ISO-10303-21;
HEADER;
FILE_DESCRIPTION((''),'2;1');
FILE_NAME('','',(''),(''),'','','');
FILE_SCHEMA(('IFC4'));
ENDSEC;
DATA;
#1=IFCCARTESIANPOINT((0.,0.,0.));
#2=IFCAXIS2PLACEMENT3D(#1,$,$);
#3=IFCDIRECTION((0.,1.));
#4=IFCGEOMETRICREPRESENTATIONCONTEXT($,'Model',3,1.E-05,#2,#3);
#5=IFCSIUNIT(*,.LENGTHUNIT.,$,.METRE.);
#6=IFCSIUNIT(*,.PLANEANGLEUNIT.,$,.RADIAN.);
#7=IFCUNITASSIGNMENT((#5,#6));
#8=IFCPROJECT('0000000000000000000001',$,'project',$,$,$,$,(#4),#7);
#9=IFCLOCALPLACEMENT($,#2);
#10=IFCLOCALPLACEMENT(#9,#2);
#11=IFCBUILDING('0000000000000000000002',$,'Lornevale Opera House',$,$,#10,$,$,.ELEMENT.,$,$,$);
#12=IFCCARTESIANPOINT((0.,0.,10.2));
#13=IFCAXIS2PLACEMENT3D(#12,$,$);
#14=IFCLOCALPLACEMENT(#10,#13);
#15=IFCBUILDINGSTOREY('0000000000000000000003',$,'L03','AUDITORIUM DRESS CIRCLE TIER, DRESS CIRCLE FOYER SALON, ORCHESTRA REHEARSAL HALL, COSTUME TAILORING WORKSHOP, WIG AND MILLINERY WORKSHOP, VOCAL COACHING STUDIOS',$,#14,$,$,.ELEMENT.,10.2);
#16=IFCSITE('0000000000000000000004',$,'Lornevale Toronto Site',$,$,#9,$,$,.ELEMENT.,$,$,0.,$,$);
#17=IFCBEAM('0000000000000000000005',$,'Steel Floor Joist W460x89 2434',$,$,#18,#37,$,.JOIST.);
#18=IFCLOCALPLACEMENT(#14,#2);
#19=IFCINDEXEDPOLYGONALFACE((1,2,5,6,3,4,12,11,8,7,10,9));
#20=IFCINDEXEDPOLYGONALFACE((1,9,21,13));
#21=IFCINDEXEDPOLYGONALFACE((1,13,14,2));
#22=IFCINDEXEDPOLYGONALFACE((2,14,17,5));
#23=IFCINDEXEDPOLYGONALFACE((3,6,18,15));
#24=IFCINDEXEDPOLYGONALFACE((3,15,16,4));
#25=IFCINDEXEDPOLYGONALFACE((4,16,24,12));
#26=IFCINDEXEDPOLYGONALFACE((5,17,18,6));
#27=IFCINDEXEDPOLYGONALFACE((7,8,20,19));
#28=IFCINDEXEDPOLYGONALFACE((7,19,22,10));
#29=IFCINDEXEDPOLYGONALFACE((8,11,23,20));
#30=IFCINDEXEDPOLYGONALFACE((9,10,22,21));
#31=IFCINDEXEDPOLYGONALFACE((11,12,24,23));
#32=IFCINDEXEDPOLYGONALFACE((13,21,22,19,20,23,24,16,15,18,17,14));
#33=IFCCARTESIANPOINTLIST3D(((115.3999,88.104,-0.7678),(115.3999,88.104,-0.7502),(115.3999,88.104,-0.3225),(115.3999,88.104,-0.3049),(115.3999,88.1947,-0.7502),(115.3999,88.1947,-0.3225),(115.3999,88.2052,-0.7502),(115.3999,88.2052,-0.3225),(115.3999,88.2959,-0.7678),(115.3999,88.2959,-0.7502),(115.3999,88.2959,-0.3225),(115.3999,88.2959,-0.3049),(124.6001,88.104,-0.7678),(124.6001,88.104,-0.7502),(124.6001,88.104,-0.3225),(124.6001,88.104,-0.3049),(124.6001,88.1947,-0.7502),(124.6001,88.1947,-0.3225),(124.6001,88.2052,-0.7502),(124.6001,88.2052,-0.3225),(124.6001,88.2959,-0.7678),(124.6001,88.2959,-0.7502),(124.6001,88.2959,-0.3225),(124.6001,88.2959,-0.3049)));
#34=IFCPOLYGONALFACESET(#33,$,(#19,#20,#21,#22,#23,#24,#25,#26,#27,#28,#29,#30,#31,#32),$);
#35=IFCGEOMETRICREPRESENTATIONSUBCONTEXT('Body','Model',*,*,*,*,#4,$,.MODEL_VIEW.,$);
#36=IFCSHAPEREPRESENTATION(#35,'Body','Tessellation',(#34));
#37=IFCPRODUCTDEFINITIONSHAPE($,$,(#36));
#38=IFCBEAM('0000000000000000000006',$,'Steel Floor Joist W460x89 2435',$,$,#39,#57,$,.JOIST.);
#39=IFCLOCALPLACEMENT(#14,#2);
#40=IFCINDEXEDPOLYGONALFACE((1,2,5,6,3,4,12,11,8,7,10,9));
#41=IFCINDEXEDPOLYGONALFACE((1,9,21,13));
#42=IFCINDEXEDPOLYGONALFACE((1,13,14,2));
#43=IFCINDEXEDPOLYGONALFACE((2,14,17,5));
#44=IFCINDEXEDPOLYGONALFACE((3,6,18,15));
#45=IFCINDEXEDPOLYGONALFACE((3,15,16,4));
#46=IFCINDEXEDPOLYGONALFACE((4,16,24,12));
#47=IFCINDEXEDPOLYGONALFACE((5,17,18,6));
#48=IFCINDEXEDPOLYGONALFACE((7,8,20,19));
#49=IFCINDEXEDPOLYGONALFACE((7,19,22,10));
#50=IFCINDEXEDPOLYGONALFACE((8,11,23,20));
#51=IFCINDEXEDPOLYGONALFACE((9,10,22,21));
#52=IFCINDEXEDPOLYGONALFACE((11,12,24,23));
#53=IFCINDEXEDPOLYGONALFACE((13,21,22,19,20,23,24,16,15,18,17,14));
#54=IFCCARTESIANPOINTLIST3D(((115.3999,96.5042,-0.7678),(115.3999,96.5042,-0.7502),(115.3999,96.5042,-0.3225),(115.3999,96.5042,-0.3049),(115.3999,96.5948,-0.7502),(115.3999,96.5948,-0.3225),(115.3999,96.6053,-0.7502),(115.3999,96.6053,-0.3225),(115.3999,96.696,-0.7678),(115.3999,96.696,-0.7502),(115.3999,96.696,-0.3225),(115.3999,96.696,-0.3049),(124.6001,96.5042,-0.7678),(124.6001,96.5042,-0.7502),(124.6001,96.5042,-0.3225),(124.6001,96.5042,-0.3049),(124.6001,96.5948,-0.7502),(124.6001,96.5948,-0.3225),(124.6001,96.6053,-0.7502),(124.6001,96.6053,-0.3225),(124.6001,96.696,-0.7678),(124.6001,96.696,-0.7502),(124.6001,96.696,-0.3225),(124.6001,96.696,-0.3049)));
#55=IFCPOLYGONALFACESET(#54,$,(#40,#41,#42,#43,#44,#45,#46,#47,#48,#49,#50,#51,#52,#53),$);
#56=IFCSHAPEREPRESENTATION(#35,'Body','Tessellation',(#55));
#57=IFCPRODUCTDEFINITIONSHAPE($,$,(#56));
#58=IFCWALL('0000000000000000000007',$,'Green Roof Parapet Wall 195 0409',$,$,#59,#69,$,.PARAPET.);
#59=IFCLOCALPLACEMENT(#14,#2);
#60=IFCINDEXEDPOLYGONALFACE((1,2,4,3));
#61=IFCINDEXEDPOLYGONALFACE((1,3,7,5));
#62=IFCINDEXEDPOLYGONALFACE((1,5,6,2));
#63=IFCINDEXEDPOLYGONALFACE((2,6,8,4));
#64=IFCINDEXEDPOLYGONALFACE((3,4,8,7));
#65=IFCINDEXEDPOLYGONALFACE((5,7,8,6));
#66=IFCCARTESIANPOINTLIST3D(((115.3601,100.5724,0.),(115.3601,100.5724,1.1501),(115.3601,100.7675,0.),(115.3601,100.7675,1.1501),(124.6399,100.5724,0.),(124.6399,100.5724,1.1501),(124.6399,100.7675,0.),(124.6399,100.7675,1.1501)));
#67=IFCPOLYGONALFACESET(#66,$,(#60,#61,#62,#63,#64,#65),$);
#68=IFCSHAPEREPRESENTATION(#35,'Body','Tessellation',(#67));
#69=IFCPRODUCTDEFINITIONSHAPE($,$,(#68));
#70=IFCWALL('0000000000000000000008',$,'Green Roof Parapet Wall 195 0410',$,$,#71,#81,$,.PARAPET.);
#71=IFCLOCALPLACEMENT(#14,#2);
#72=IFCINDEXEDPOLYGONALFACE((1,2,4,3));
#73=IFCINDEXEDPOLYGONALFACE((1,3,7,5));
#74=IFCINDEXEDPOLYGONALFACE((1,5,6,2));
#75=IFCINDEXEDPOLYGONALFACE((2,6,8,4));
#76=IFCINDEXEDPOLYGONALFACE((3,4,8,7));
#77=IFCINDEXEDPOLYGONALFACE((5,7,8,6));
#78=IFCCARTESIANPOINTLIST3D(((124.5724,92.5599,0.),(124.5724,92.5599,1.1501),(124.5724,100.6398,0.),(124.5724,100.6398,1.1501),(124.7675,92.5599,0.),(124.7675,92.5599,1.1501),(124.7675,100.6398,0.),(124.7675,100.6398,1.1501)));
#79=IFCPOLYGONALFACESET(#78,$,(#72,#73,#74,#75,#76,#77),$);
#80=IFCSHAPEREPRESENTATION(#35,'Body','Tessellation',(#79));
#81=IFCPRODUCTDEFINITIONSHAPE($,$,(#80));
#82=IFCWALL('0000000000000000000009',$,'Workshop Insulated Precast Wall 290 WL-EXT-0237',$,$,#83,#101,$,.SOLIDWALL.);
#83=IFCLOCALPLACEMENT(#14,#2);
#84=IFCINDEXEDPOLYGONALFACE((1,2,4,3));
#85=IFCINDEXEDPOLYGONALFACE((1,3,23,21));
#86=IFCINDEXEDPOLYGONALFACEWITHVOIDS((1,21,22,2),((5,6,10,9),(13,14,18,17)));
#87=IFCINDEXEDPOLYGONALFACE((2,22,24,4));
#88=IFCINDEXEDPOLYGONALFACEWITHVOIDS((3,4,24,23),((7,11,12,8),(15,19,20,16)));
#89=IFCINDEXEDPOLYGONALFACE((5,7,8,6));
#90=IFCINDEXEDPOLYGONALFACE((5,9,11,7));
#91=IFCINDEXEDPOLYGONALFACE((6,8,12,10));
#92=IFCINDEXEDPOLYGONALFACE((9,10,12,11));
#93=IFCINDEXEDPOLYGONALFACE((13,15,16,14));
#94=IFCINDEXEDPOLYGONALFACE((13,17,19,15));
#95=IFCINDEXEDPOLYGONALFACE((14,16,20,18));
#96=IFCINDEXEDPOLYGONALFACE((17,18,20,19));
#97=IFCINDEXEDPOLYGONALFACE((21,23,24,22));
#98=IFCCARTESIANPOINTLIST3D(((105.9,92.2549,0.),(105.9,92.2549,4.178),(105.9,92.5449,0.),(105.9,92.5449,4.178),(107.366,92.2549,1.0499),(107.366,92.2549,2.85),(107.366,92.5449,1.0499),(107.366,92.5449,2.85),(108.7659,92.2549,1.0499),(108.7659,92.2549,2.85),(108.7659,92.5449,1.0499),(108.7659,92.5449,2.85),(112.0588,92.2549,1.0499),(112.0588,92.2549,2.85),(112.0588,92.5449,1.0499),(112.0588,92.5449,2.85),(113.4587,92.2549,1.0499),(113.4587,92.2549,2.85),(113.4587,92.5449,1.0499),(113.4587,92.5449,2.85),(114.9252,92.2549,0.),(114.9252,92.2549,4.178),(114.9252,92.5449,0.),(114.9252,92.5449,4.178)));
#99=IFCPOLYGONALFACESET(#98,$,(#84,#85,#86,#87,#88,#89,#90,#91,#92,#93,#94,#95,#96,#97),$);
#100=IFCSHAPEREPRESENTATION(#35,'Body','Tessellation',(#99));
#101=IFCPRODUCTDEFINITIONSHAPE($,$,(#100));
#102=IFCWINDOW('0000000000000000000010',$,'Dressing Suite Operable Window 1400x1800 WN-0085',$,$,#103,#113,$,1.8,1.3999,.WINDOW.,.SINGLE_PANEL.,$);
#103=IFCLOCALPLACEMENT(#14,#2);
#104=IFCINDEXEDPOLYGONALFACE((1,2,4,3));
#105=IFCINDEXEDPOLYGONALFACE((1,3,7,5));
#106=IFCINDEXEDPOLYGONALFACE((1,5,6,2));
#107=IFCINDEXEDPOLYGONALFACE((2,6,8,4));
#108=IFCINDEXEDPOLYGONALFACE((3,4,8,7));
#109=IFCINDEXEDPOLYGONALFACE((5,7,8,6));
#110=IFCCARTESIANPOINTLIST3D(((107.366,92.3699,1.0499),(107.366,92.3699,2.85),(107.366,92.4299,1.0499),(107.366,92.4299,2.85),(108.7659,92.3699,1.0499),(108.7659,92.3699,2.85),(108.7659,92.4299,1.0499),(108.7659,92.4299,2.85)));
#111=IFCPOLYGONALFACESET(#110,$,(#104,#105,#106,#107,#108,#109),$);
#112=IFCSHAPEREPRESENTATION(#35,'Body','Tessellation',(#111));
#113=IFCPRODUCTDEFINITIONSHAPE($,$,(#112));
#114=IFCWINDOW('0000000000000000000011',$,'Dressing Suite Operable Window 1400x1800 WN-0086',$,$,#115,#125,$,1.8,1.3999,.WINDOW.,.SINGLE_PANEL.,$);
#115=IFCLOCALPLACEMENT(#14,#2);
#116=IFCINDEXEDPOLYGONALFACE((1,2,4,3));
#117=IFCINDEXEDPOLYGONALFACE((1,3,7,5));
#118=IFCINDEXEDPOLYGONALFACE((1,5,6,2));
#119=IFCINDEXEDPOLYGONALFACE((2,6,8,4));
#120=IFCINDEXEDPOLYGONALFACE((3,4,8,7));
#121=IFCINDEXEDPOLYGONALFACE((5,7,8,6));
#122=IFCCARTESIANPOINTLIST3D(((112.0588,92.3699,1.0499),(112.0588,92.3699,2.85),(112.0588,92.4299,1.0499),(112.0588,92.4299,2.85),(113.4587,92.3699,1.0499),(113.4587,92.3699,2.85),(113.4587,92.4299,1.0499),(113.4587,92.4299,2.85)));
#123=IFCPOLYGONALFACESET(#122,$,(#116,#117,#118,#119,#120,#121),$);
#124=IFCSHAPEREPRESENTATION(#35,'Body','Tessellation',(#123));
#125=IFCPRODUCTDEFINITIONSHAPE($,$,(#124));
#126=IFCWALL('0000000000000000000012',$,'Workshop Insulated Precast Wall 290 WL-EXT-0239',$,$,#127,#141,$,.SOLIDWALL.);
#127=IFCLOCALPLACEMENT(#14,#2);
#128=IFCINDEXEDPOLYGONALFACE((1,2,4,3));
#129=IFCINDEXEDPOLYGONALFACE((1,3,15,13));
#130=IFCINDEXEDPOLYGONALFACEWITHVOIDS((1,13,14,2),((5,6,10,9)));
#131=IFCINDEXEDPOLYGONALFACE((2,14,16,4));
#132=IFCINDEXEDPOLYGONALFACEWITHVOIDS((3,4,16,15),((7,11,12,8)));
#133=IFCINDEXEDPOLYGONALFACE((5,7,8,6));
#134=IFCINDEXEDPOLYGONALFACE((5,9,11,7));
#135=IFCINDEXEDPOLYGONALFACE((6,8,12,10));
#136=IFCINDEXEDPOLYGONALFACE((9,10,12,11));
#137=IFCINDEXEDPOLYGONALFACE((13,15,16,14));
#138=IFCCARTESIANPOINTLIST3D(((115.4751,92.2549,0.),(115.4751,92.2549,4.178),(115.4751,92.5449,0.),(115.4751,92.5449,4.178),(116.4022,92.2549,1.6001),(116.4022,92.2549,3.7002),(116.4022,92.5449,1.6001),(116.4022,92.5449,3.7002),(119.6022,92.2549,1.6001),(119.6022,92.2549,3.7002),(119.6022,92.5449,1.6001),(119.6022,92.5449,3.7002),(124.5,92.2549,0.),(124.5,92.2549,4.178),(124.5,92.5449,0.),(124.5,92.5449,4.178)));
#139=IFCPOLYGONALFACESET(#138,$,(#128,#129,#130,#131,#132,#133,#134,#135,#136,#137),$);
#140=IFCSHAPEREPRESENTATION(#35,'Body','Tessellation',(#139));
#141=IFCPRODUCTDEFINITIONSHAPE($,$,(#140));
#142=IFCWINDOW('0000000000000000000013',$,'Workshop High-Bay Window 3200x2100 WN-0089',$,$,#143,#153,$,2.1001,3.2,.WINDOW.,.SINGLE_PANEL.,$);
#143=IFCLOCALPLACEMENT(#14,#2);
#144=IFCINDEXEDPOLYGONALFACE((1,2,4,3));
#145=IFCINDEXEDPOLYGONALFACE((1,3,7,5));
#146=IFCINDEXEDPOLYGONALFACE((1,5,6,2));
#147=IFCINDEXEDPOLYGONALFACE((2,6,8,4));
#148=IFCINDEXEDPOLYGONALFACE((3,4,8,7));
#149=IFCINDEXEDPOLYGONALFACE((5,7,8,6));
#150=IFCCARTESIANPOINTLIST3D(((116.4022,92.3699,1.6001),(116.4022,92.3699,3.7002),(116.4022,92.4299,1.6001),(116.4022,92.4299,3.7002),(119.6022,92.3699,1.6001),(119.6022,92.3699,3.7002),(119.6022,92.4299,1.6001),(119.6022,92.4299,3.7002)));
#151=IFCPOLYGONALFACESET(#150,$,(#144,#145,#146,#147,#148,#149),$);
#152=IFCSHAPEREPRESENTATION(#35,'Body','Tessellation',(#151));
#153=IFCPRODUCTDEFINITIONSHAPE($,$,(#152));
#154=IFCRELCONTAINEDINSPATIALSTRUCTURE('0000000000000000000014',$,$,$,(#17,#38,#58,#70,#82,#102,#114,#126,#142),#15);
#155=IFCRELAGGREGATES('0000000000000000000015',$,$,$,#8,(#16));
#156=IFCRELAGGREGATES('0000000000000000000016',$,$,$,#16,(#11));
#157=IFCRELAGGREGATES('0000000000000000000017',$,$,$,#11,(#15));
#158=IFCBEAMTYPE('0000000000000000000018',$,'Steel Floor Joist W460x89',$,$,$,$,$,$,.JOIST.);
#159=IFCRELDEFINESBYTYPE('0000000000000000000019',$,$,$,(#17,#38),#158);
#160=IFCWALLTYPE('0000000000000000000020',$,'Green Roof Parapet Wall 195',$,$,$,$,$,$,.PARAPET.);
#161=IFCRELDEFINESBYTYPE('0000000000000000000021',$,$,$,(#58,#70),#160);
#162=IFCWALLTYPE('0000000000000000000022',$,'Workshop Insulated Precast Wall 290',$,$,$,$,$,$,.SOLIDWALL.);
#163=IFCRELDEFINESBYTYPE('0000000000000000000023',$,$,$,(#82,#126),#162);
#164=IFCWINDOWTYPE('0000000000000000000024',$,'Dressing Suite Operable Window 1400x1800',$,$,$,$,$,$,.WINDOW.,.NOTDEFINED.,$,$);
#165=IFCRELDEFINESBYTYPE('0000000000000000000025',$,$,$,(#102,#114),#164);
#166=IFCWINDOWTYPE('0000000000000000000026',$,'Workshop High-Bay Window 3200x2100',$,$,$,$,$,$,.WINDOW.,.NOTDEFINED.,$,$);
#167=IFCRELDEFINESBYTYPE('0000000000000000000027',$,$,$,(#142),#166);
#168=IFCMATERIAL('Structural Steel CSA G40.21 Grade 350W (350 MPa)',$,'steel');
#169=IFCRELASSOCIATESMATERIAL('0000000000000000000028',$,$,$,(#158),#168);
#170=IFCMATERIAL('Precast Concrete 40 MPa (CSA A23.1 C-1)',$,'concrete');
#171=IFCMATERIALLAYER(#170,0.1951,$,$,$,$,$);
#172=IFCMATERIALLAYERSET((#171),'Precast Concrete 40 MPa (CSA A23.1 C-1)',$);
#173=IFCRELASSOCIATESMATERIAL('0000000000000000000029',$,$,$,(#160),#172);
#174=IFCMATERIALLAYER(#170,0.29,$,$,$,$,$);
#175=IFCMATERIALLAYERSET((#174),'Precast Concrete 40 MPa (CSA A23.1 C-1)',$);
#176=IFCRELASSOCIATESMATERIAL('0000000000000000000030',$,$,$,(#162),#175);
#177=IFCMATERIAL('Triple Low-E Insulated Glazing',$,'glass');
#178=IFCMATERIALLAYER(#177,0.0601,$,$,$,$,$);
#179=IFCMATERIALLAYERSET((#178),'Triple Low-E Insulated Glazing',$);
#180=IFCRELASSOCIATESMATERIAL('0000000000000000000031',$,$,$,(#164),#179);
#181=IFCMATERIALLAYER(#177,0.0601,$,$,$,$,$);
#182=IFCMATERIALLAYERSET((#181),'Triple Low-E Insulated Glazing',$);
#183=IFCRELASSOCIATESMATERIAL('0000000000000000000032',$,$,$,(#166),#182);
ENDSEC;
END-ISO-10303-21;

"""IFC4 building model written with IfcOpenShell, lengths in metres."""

from ifc_helpers import new_model, si_unit, direction, frame, frame_2d, origin, origin_2d, place, context, subcontext, project, spatial, rectangle, i_section, extrude, material, layer, layer_set, material_profile, profile_set, type_object, element, fill, save


model = new_model("IFC4")

# Units and contexts
model_context = context("Model", 3, precision=1e-05, world=origin(), true_north=direction((0.0, 1.0)))
body_context = subcontext(model_context, "Body", "Model", "MODEL_VIEW")
ifc_project = project(units=[si_unit("LENGTHUNIT", "METRE"), si_unit("PLANEANGLEUNIT", "RADIAN")], contexts=[model_context])

# Site, building, storey
site_placement = place(None, origin())
site = spatial("IfcSite", under=ifc_project, at=site_placement, Name="Lornevale Toronto Site", CompositionType="ELEMENT", RefElevation=0.0)
building_placement = place(site_placement, origin())
building = spatial("IfcBuilding", under=site, at=building_placement, Name="Lornevale Opera House", CompositionType="ELEMENT")
storey_placement = place(building_placement, frame((0.0, 0.0, 10.2)))
storey = spatial("IfcBuildingStorey", under=building, at=storey_placement, Name="L03", Description="AUDITORIUM DRESS CIRCLE TIER, DRESS CIRCLE FOYER SALON, ORCHESTRA REHEARSAL HALL, COSTUME TAILORING WORKSHOP, WIG AND MILLINERY WORKSHOP, VOCAL COACHING STUDIOS", CompositionType="ELEMENT", Elevation=10.2)

# Beams
ifc_material_1 = material(Name="Structural Steel CSA G40.21 Grade 350W (350 MPa)", Category="steel")
ifc_material_profile_1 = material_profile(ifc_material_1, i_section(OverallWidth=0.1919, OverallDepth=0.4629, WebThickness=0.0105, FlangeThickness=0.0176, at=origin_2d()), Name="W460x89")
ifc_profile_set_1 = profile_set([ifc_material_profile_1], Name="Structural Steel CSA G40.21 Grade 350W (350 MPa)")
beam_type_1 = type_object("IfcBeamType", Name="Steel Floor Joist W460x89", PredefinedType="JOIST", material=ifc_profile_set_1)
for number, where, z_axis, x_axis, name in (
    (1, (115.3999, 88.2, -0.5364), (1.0, 0.0, 0.0), (0.0, 1.0, 0.0), "Steel Floor Joist W460x89 2434"),
    (2, (115.3999, 96.6001, -0.5364), (1.0, 0.0, 0.0), (0.0, 1.0, 0.0), "Steel Floor Joist W460x89 2435"),
):
    element("IfcBeam", number, at=place(storey_placement, frame(where, z_axis=z_axis, x_axis=x_axis)), inside=storey, type_object=beam_type_1, Name=name, PredefinedType="JOIST", context=body_context, shape_type="SweptSolid", body=[
        extrude(i_section(OverallWidth=0.1919, OverallDepth=0.4629, WebThickness=0.0105, FlangeThickness=0.0176, at=origin_2d()), origin(), (0.0, 0.0, 1.0), 9.2002),
    ])

# Walls
ifc_material_2 = material(Name="Precast Concrete 40 MPa (CSA A23.1 C-1)", Category="concrete")
ifc_layer_1 = layer(ifc_material_2, 0.1951)
ifc_layer_set_1 = layer_set([ifc_layer_1], Name="Precast Concrete 40 MPa (CSA A23.1 C-1)")
wall_type_1 = type_object("IfcWallType", Name="Green Roof Parapet Wall 195", PredefinedType="PARAPET", material=ifc_layer_set_1)
wall_1_placement = place(storey_placement, frame((115.3601, 100.6699, 0.0), z_axis=(0.0, 0.0, 1.0), x_axis=(1.0, 0.0, 0.0)))
element("IfcWall", 3, at=wall_1_placement, inside=storey, type_object=wall_type_1, Name="Green Roof Parapet Wall 195 0409", PredefinedType="PARAPET", context=body_context, shape_type="SweptSolid", body=[
    extrude(rectangle(XDim=9.2798, YDim=0.1951, at=frame_2d((4.6399, 0.0))), origin(), (0.0, 0.0, 1.0), 1.1501),
])
wall_2_placement = place(storey_placement, frame((124.6699, 100.6399, 0.0), z_axis=(0.0, 0.0, 1.0), x_axis=(0.0, -1.0, 0.0)))
element("IfcWall", 4, at=wall_2_placement, inside=storey, type_object=wall_type_1, Name="Green Roof Parapet Wall 195 0410", PredefinedType="PARAPET", context=body_context, shape_type="SweptSolid", body=[
    extrude(rectangle(XDim=8.0798, YDim=0.1951, at=frame_2d((4.04, 0.0))), origin(), (0.0, 0.0, 1.0), 1.1501),
])

# Wall, openings, windows
ifc_layer_2 = layer(ifc_material_2, 0.29)
ifc_layer_set_2 = layer_set([ifc_layer_2], Name="Precast Concrete 40 MPa (CSA A23.1 C-1)")
wall_type_2 = type_object("IfcWallType", Name="Workshop Insulated Precast Wall 290", PredefinedType="SOLIDWALL", material=ifc_layer_set_2)
wall_3_placement = place(storey_placement, frame((105.8999, 92.3999, 0.0), z_axis=(0.0, 0.0, 1.0), x_axis=(1.0, 0.0, 0.0)))
wall_3 = element("IfcWall", 5, at=wall_3_placement, inside=storey, type_object=wall_type_2, Name="Workshop Insulated Precast Wall 290 WL-EXT-0237", PredefinedType="SOLIDWALL", context=body_context, shape_type="SweptSolid", body=[
    extrude(rectangle(XDim=9.0251, YDim=0.29, at=frame_2d((4.5127, 0.0))), origin(), (0.0, 0.0, 1.0), 4.178),
])
opening_1_placement = place(wall_3_placement, frame((1.4661, 0.0, 1.05)))
opening_1 = element("IfcOpeningElement", 6, at=opening_1_placement, cuts=wall_3, PredefinedType="OPENING", context=body_context, shape_type="SweptSolid", body=[
    extrude(rectangle(XDim=1.3999, YDim=1.8, at=frame_2d((0.7, 0.8999))), frame((0.0, 0.155, 0.0), z_axis=(0.0, -1.0, 0.0), x_axis=(1.0, 0.0, 0.0)), (0.0, 0.0, 1.0), 0.3101),
])
opening_2_placement = place(wall_3_placement, frame((6.1589, 0.0, 1.05)))
opening_2 = element("IfcOpeningElement", 7, at=opening_2_placement, cuts=wall_3, PredefinedType="OPENING", context=body_context, shape_type="SweptSolid", body=[
    extrude(rectangle(XDim=1.3999, YDim=1.8, at=frame_2d((0.7, 0.8999))), frame((0.0, 0.155, 0.0), z_axis=(0.0, -1.0, 0.0), x_axis=(1.0, 0.0, 0.0)), (0.0, 0.0, 1.0), 0.3101),
])
ifc_material_3 = material(Name="Triple Low-E Insulated Glazing", Category="glass")
ifc_layer_3 = layer(ifc_material_3, 0.0601)
ifc_layer_set_3 = layer_set([ifc_layer_3], Name="Triple Low-E Insulated Glazing")
window_type_1 = type_object("IfcWindowType", Name="Dressing Suite Operable Window 1400x1800", PartitioningType="NOTDEFINED", PredefinedType="WINDOW", material=ifc_layer_set_3)
window_1_placement = place(opening_1_placement, origin())
window_1 = element("IfcWindow", 8, at=window_1_placement, inside=storey, type_object=window_type_1, Name="Dressing Suite Operable Window 1400x1800 WN-0085", OverallHeight=1.8, OverallWidth=1.3999, PartitioningType="SINGLE_PANEL", PredefinedType="WINDOW", context=body_context, shape_type="SweptSolid", body=[
    extrude(rectangle(XDim=1.3999, YDim=1.8, at=frame_2d((0.7, 0.8999))), frame((0.0, 0.03, 0.0), z_axis=(0.0, -1.0, 0.0), x_axis=(1.0, 0.0, 0.0)), (0.0, 0.0, 1.0), 0.0601),
])
fill(opening_1, window_1)
window_2_placement = place(opening_2_placement, origin())
window_2 = element("IfcWindow", 9, at=window_2_placement, inside=storey, type_object=window_type_1, Name="Dressing Suite Operable Window 1400x1800 WN-0086", OverallHeight=1.8, OverallWidth=1.3999, PartitioningType="SINGLE_PANEL", PredefinedType="WINDOW", context=body_context, shape_type="SweptSolid", body=[
    extrude(rectangle(XDim=1.3999, YDim=1.8, at=frame_2d((0.7, 0.8999))), frame((0.0, 0.03, 0.0), z_axis=(0.0, -1.0, 0.0), x_axis=(1.0, 0.0, 0.0)), (0.0, 0.0, 1.0), 0.0601),
])
fill(opening_2, window_2)

# Wall, opening, window
wall_4_placement = place(storey_placement, frame((115.4751, 92.3999, 0.0), z_axis=(0.0, 0.0, 1.0), x_axis=(1.0, 0.0, 0.0)))
wall_4 = element("IfcWall", 10, at=wall_4_placement, inside=storey, type_object=wall_type_2, Name="Workshop Insulated Precast Wall 290 WL-EXT-0239", PredefinedType="SOLIDWALL", context=body_context, shape_type="SweptSolid", body=[
    extrude(rectangle(XDim=9.0249, YDim=0.29, at=frame_2d((4.5125, 0.0))), origin(), (0.0, 0.0, 1.0), 4.178),
])
opening_3_placement = place(wall_4_placement, frame((0.927, 0.0, 1.6001)))
opening_3 = element("IfcOpeningElement", 11, at=opening_3_placement, cuts=wall_4, PredefinedType="OPENING", context=body_context, shape_type="SweptSolid", body=[
    extrude(rectangle(XDim=3.2, YDim=2.1001, at=frame_2d((1.6001, 1.05))), frame((0.0, 0.155, 0.0), z_axis=(0.0, -1.0, 0.0), x_axis=(1.0, 0.0, 0.0)), (0.0, 0.0, 1.0), 0.3101),
])
ifc_layer_4 = layer(ifc_material_3, 0.0601)
ifc_layer_set_4 = layer_set([ifc_layer_4], Name="Triple Low-E Insulated Glazing")
window_type_2 = type_object("IfcWindowType", Name="Workshop High-Bay Window 3200x2100", PartitioningType="NOTDEFINED", PredefinedType="WINDOW", material=ifc_layer_set_4)
window_3_placement = place(opening_3_placement, origin())
window_3 = element("IfcWindow", 12, at=window_3_placement, inside=storey, type_object=window_type_2, Name="Workshop High-Bay Window 3200x2100 WN-0089", OverallHeight=2.1001, OverallWidth=3.2, PartitioningType="SINGLE_PANEL", PredefinedType="WINDOW", context=body_context, shape_type="SweptSolid", body=[
    extrude(rectangle(XDim=3.2, YDim=2.1001, at=frame_2d((1.6001, 1.05))), frame((0.0, 0.03, 0.0), z_axis=(0.0, -1.0, 0.0), x_axis=(1.0, 0.0, 0.0)), (0.0, 0.0, 1.0), 0.0601),
])
fill(opening_3, window_3)

save(model, "model.ifc")
